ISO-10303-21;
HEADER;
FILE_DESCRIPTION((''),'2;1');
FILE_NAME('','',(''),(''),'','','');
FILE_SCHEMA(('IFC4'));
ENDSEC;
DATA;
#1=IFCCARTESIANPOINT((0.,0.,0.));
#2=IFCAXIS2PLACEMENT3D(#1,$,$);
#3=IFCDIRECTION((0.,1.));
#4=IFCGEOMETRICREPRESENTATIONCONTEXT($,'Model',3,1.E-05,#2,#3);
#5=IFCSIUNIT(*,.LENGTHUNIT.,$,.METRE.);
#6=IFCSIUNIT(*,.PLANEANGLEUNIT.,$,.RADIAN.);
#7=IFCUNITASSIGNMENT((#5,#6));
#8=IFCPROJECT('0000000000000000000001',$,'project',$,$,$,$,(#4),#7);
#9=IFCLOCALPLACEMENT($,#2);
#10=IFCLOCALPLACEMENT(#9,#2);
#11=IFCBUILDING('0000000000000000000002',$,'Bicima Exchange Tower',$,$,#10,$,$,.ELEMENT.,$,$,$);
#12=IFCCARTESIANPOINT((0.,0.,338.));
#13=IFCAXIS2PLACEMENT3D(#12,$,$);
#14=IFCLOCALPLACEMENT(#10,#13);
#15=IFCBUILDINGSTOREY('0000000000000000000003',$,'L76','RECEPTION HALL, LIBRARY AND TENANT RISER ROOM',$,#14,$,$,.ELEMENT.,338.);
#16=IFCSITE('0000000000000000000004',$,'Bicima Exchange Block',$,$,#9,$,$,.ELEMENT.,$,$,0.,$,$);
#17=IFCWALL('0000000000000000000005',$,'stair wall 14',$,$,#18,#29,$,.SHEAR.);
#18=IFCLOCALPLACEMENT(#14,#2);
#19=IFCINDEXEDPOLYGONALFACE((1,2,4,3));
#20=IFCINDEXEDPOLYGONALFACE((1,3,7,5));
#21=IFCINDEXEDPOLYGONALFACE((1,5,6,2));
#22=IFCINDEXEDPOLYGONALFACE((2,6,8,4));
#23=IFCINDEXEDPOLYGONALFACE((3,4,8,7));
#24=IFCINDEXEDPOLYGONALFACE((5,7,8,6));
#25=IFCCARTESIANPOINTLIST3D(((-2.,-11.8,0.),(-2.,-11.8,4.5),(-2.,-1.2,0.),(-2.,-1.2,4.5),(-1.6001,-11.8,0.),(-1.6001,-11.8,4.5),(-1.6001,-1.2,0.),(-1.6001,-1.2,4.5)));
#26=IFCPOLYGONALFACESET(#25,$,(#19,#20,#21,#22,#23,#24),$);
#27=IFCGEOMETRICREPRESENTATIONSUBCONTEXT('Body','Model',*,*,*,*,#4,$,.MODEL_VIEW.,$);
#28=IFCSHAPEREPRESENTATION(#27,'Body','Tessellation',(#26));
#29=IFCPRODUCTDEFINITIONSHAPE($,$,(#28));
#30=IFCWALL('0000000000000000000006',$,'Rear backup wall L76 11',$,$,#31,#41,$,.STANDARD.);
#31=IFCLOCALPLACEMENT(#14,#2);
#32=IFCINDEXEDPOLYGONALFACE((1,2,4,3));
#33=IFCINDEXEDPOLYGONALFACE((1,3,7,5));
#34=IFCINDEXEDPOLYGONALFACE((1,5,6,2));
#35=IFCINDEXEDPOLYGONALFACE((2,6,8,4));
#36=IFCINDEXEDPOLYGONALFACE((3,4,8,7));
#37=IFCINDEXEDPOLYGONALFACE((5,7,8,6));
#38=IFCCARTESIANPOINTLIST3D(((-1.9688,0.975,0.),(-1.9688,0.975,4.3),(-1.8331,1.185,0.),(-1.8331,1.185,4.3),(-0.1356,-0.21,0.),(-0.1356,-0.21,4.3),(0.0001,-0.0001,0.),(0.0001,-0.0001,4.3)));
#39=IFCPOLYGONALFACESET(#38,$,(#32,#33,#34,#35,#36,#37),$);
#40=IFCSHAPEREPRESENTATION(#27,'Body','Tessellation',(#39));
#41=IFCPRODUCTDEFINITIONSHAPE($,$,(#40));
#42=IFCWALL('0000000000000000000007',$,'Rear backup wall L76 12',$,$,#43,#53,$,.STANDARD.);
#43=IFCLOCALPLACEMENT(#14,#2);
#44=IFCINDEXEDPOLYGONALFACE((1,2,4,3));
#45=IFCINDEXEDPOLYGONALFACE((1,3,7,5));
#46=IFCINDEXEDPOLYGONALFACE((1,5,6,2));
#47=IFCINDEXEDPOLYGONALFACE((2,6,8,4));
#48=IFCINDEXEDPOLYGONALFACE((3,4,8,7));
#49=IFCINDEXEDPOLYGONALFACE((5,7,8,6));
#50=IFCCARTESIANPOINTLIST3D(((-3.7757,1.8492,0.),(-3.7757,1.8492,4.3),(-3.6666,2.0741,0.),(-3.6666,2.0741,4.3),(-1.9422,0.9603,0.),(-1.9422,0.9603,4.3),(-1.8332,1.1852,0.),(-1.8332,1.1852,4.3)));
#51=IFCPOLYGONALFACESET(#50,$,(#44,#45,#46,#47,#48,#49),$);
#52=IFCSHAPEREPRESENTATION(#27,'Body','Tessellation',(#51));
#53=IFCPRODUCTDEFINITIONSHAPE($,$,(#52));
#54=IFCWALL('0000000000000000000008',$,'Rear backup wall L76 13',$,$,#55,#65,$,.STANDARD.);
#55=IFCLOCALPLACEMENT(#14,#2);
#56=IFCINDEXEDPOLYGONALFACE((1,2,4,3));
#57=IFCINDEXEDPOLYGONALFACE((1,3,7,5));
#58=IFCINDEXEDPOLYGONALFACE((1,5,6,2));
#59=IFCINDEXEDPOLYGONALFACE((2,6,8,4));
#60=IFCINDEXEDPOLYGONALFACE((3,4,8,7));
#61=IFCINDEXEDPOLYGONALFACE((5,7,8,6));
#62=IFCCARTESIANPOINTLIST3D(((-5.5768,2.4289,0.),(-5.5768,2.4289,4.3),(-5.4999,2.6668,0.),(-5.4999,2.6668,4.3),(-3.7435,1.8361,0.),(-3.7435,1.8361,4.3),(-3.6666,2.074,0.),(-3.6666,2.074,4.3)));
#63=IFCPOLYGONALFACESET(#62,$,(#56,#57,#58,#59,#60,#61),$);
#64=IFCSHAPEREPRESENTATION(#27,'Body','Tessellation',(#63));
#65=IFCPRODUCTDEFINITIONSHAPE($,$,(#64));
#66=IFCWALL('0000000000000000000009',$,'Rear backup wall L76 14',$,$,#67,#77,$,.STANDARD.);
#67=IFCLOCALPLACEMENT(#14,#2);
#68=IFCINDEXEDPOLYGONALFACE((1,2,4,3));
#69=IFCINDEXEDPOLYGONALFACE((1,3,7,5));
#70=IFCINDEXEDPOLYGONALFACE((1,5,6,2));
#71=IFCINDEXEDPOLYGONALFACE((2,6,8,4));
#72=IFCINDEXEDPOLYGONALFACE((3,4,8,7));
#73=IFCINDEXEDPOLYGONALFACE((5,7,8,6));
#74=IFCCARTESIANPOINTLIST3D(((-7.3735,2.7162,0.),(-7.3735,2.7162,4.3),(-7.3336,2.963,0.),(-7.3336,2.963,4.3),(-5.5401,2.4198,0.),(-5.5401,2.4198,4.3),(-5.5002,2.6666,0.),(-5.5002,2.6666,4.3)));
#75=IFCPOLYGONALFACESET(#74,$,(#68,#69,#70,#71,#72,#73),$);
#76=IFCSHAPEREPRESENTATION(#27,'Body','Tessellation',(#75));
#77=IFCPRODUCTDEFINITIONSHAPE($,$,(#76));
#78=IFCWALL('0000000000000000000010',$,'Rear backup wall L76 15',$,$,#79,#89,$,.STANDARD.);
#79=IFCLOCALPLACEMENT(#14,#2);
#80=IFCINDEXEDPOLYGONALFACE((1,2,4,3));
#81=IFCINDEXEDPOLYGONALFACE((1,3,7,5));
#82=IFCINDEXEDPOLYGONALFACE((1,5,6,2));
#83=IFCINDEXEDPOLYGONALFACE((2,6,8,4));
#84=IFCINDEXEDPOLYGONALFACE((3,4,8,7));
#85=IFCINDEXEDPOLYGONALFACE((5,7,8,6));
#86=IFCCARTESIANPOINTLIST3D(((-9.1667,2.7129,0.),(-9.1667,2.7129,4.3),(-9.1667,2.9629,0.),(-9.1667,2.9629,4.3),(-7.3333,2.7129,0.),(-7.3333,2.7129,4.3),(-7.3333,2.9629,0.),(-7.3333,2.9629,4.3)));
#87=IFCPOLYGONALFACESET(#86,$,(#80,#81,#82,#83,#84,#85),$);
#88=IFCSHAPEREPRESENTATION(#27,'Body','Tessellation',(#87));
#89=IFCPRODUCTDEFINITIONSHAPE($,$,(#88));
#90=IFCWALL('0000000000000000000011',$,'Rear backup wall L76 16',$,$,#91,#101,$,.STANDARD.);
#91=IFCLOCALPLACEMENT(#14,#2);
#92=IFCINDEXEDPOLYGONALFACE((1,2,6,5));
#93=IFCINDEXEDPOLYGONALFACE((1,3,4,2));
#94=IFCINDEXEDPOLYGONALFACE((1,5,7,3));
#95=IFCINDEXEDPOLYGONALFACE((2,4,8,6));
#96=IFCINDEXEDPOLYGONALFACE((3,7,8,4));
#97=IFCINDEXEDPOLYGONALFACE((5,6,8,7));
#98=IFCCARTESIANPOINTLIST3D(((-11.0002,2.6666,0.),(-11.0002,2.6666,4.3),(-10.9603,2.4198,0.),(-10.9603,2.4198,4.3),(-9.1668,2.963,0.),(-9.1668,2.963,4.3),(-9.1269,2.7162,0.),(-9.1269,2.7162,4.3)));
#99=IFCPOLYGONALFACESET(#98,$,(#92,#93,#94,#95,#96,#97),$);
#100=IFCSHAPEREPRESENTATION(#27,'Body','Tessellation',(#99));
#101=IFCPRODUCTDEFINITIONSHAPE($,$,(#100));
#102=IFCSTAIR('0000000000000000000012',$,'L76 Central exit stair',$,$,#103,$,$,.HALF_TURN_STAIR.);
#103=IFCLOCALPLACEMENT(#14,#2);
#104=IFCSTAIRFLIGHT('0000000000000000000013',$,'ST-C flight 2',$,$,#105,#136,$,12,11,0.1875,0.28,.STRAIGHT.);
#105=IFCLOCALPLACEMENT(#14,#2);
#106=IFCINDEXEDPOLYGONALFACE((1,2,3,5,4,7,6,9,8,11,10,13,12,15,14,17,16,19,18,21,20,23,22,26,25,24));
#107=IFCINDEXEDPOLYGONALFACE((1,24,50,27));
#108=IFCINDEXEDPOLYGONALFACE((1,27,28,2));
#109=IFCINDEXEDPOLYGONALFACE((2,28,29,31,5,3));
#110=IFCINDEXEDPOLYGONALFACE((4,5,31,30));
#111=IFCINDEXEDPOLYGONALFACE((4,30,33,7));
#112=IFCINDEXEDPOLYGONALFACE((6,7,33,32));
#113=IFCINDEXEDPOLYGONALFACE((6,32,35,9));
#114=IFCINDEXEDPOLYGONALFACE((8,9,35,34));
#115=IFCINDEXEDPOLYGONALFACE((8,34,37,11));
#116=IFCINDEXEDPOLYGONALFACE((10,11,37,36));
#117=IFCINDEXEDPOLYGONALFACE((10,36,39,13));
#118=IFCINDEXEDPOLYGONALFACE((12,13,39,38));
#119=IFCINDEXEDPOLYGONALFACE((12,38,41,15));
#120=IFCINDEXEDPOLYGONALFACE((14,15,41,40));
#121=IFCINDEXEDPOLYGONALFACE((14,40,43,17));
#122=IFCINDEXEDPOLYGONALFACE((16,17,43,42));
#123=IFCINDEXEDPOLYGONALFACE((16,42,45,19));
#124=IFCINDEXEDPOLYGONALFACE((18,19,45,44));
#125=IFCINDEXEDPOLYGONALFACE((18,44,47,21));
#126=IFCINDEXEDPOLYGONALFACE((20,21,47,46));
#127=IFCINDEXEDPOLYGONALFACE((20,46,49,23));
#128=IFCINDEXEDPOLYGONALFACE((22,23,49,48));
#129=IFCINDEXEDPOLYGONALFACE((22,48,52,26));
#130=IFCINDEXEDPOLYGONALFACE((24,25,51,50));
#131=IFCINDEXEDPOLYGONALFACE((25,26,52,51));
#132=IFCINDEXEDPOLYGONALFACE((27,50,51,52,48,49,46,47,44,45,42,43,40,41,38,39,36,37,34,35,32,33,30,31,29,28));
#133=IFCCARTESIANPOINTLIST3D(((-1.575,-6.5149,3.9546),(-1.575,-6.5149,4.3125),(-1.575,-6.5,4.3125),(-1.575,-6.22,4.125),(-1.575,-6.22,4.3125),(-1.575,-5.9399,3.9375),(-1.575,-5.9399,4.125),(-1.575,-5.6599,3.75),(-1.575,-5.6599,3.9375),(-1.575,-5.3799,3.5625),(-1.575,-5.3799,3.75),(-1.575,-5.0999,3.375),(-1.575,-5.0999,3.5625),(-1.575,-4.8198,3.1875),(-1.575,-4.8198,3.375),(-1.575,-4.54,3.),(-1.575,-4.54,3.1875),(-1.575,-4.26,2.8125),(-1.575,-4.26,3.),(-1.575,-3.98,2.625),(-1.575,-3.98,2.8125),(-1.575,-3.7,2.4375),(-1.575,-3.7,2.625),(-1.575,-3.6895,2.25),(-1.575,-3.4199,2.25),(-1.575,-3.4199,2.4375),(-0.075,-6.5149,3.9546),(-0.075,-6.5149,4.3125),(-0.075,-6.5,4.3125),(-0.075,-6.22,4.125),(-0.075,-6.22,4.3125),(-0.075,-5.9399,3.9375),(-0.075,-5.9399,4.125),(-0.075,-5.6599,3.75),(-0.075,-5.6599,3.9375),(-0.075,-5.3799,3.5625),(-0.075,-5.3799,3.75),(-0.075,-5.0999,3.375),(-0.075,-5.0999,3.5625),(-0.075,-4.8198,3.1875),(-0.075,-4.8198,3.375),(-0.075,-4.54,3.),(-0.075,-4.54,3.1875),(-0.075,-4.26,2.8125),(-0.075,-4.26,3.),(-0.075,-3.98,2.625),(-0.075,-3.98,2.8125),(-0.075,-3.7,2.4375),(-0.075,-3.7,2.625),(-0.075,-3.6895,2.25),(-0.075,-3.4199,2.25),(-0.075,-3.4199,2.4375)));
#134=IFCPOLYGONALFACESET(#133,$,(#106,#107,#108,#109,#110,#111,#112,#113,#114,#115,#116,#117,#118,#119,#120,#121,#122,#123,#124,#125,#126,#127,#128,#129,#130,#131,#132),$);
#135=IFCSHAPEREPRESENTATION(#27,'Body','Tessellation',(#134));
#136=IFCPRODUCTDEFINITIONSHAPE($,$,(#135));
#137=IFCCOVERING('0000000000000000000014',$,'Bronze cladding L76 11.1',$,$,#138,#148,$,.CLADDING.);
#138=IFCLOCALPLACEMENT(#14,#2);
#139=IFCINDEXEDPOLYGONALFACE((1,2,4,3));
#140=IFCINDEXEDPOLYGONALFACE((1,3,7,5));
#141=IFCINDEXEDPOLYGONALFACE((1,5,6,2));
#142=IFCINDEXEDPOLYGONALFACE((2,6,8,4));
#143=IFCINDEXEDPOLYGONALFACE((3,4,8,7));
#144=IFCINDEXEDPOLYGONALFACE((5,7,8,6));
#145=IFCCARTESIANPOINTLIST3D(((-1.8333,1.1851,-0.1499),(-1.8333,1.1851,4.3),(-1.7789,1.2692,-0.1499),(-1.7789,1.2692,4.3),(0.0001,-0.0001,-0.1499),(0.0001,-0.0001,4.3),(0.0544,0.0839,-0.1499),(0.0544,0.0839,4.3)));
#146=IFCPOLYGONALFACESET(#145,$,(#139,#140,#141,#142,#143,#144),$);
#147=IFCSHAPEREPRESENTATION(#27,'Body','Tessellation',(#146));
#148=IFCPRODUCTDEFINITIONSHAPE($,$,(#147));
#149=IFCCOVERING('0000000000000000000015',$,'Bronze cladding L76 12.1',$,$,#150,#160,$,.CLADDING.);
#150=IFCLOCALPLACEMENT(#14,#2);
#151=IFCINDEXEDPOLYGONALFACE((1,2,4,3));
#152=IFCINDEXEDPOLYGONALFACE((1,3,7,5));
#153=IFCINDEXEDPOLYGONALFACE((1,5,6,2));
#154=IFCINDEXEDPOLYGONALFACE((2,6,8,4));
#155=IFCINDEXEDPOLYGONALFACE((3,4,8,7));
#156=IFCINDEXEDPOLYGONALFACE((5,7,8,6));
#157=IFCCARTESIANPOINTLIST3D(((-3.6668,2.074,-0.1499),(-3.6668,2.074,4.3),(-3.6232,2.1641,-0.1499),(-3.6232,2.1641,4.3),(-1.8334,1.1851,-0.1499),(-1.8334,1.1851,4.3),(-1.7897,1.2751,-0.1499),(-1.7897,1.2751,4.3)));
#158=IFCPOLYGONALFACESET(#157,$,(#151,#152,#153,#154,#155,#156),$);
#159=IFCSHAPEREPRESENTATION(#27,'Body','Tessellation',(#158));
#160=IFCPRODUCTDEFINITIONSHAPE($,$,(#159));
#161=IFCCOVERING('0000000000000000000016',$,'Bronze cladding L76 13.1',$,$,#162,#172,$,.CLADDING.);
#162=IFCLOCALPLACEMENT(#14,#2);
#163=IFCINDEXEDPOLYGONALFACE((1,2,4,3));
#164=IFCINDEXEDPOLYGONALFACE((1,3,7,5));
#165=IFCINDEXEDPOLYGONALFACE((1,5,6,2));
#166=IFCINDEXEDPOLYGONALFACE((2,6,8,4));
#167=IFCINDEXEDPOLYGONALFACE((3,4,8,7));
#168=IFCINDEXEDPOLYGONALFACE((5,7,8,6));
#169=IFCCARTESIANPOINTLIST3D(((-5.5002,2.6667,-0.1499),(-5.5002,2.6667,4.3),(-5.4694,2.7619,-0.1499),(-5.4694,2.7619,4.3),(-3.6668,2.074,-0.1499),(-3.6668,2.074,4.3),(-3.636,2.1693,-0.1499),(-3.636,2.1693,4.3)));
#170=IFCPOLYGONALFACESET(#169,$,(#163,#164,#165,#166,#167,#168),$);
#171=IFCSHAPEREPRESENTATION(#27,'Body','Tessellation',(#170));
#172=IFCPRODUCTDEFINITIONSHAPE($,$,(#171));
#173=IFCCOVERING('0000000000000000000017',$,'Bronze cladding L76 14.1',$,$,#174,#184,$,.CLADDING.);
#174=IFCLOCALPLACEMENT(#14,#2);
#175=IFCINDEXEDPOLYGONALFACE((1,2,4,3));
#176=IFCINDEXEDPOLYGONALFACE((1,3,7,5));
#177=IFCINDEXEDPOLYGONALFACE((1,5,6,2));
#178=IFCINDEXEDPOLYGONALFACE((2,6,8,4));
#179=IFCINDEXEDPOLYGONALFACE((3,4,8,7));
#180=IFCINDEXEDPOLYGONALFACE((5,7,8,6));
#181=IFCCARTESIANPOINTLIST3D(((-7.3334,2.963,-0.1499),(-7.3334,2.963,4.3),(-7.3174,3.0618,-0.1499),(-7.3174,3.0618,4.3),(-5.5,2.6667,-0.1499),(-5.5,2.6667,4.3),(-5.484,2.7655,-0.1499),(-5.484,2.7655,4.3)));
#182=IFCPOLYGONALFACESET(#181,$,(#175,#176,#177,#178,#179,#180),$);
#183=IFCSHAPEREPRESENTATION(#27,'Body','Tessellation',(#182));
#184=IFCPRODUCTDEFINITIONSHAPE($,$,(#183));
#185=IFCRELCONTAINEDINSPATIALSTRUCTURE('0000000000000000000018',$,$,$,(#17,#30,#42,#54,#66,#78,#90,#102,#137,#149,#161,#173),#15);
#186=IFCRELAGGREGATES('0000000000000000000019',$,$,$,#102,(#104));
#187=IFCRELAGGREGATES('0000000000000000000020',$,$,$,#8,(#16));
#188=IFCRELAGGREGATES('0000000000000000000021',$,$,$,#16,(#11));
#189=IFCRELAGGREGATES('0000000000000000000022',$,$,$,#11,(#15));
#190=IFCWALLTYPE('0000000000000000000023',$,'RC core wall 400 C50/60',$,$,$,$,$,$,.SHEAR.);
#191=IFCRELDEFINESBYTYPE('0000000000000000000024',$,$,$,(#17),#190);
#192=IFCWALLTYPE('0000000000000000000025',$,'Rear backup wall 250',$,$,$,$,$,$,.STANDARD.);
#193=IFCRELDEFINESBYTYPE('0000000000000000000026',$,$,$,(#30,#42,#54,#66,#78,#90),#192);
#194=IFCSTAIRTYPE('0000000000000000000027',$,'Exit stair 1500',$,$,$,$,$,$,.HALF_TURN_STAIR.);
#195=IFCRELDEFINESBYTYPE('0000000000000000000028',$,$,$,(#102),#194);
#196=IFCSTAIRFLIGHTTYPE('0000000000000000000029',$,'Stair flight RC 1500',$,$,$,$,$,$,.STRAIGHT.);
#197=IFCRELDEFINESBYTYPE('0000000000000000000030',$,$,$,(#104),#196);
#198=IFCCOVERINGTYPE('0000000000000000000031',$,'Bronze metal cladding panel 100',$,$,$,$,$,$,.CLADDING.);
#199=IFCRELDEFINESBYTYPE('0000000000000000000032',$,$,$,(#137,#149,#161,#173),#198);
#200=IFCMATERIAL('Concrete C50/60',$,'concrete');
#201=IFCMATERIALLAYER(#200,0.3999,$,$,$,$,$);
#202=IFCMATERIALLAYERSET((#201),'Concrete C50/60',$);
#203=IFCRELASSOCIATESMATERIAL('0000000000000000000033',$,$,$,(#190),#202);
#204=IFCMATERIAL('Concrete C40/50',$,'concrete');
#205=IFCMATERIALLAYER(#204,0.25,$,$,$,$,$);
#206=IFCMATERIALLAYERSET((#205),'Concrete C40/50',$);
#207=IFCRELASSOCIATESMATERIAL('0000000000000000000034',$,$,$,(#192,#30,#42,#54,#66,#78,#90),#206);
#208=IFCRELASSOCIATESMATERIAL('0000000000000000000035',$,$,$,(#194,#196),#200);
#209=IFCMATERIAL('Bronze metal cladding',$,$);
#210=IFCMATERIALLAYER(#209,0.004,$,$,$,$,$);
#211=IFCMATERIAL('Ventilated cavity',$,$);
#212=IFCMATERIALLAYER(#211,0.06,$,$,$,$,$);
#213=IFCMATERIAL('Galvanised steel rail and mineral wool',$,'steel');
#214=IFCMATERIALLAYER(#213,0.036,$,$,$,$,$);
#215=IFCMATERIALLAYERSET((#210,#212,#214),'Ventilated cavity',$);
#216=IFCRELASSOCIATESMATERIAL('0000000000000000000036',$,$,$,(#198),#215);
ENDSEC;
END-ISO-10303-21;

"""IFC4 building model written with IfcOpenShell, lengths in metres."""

from ifc_helpers import new_model, si_unit, direction, frame, frame_2d, origin, origin_2d, place, context, subcontext, project, spatial, polyline, rectangle, outline, extrude, material, layer, layer_set, layer_usage, type_object, element, aggregate, save


model = new_model("IFC4")

# Units and contexts
model_context = context("Model", 3, precision=1e-05, world=origin(), true_north=direction((0.0, 1.0)))
body_context = subcontext(model_context, "Body", "Model", "MODEL_VIEW")
ifc_project = project(units=[si_unit("LENGTHUNIT", "METRE"), si_unit("PLANEANGLEUNIT", "RADIAN")], contexts=[model_context])

# Site, building, storey
site_placement = place(None, origin())
site = spatial("IfcSite", under=ifc_project, at=site_placement, Name="Bicima Exchange Block", CompositionType="ELEMENT", RefElevation=0.0)
building_placement = place(site_placement, origin())
building = spatial("IfcBuilding", under=site, at=building_placement, Name="Bicima Exchange Tower", CompositionType="ELEMENT")
storey_placement = place(building_placement, frame((0.0, 0.0, 338.0)))
storey = spatial("IfcBuildingStorey", under=building, at=storey_placement, Name="L76", Description="RECEPTION HALL, LIBRARY AND TENANT RISER ROOM", CompositionType="ELEMENT", Elevation=338.0)

# Shared definitions
ifc_material_1 = material(Name="Concrete C40/50", Category="concrete")
ifc_material_2 = material(Name="Concrete C50/60", Category="concrete")
ifc_layer_1 = layer(ifc_material_2, 0.3999)
ifc_layer_set_1 = layer_set([ifc_layer_1], Name="Concrete C50/60")
wall_type_1 = type_object("IfcWallType", Name="RC core wall 400 C50/60", PredefinedType="SHEAR", material=ifc_layer_set_1)

# Walls
wall_1_placement = place(storey_placement, frame((-1.8, -11.8, 0.0), z_axis=(0.0, 0.0, 1.0), x_axis=(0.0, 1.0, 0.0)))
element("IfcWall", 1, at=wall_1_placement, inside=storey, type_object=wall_type_1, Name="stair wall 14", PredefinedType="SHEAR", context=body_context, shape_type="SweptSolid", body=[
    extrude(rectangle(XDim=10.6001, YDim=0.3999, at=frame_2d((5.3, 0.0))), origin(), (0.0, 0.0, 1.0), 4.5),
])
ifc_layer_2 = layer(ifc_material_1, 0.25)
ifc_layer_set_2 = layer_set([ifc_layer_2], Name="Concrete C40/50")
ifc_layer_usage = layer_usage(ifc_layer_set_2, "AXIS2", "POSITIVE", -0.125)
wall_type_2 = type_object("IfcWallType", Name="Rear backup wall 250", PredefinedType="STANDARD", material=ifc_layer_set_2)
wall_2_placement = place(storey_placement, frame((-0.0679, -0.105, 0.0), z_axis=(0.0, 0.0, 1.0), x_axis=(-0.839813, 0.542876, 0.0)))
element("IfcWall", 2, at=wall_2_placement, inside=storey, type_object=wall_type_2, material=ifc_layer_usage, Name="Rear backup wall L76 11", PredefinedType="STANDARD", context=body_context, shape_type="SweptSolid", body=[
    extrude(rectangle(XDim=2.1829, YDim=0.25, at=frame_2d((1.0913, 0.0))), origin(), (0.0, 0.0, 1.0), 4.3),
])
wall_3_placement = place(storey_placement, frame((-1.8877, 1.0728, 0.0), z_axis=(0.0, 0.0, 1.0), x_axis=(-0.899824, 0.436253, 0.0)))
element("IfcWall", 3, at=wall_3_placement, inside=storey, type_object=wall_type_2, material=ifc_layer_usage, Name="Rear backup wall L76 12", PredefinedType="STANDARD", context=body_context, shape_type="SweptSolid", body=[
    extrude(rectangle(XDim=2.0376, YDim=0.25, at=frame_2d((1.0188, 0.0))), origin(), (0.0, 0.0, 1.0), 4.3),
])
wall_4_placement = place(storey_placement, frame((-3.7051, 1.9551, 0.0), z_axis=(0.0, 0.0, 1.0), x_axis=(-0.951496, 0.307662, 0.0)))
element("IfcWall", 4, at=wall_4_placement, inside=storey, type_object=wall_type_2, material=ifc_layer_usage, Name="Rear backup wall L76 13", PredefinedType="STANDARD", context=body_context, shape_type="SweptSolid", body=[
    extrude(rectangle(XDim=1.9268, YDim=0.25, at=frame_2d((0.9634, 0.0))), origin(), (0.0, 0.0, 1.0), 4.3),
])
wall_5_placement = place(storey_placement, frame((-5.52, 2.5432, 0.0), z_axis=(0.0, 0.0, 1.0), x_axis=(-0.987182, 0.1596, 0.0)))
element("IfcWall", 5, at=wall_5_placement, inside=storey, type_object=wall_type_2, material=ifc_layer_usage, Name="Rear backup wall L76 14", PredefinedType="STANDARD", context=body_context, shape_type="SweptSolid", body=[
    extrude(rectangle(XDim=1.8572, YDim=0.25, at=frame_2d((0.9287, 0.0))), origin(), (0.0, 0.0, 1.0), 4.3),
])
wall_6_placement = place(storey_placement, frame((-7.3333, 2.8379, 0.0), z_axis=(0.0, 0.0, 1.0), x_axis=(-1.0, 0.0, 0.0)))
element("IfcWall", 6, at=wall_6_placement, inside=storey, type_object=wall_type_2, material=ifc_layer_usage, Name="Rear backup wall L76 15", PredefinedType="STANDARD", context=body_context, shape_type="SweptSolid", body=[
    extrude(rectangle(XDim=1.8335, YDim=0.25, at=frame_2d((0.9167, 0.0))), origin(), (0.0, 0.0, 1.0), 4.3),
])
wall_7_placement = place(storey_placement, frame((-9.1467, 2.8396, 0.0), z_axis=(0.0, 0.0, 1.0), x_axis=(-0.987182, -0.1596, 0.0)))
element("IfcWall", 7, at=wall_7_placement, inside=storey, type_object=wall_type_2, material=ifc_layer_usage, Name="Rear backup wall L76 16", PredefinedType="STANDARD", context=body_context, shape_type="SweptSolid", body=[
    extrude(rectangle(XDim=1.8572, YDim=0.25, at=frame_2d((0.9287, 0.0))), origin(), (0.0, 0.0, 1.0), 4.3),
])

# Stair, stair flight
stair_type = type_object("IfcStairType", Name="Exit stair 1500", PredefinedType="HALF_TURN_STAIR", material=ifc_material_2)
stair_placement = place(storey_placement, origin())
stair = element("IfcStair", 8, at=stair_placement, inside=storey, type_object=stair_type, Name="L76 Central exit stair", PredefinedType="HALF_TURN_STAIR")
stair_flight_type = type_object("IfcStairFlightType", Name="Stair flight RC 1500", PredefinedType="STRAIGHT", material=ifc_material_2)
stair_flight_placement = place(storey_placement, frame((-0.825, -3.4199, 2.25), z_axis=(0.0, 0.0, 1.0), x_axis=(0.0, -1.0, 0.0)))
stair_flight = element("IfcStairFlight", 9, at=stair_flight_placement, type_object=stair_flight_type, Name="ST-C flight 2", NumberOfRisers=12, NumberOfTreads=11, PredefinedType="STRAIGHT", RiserHeight=0.1875, TreadLength=0.28, context=body_context, shape_type="SweptSolid", body=[
    extrude(outline(polyline([(0.0, 0.0), (0.0, 0.1875), (0.28, 0.1875), (0.28, 0.375), (0.5601, 0.375), (0.5601, 0.5625), (0.8401, 0.5625), (0.8401, 0.75), (1.1201, 0.75), (1.1201, 0.9375), (1.3999, 0.9375), (1.3999, 1.125), (1.6799, 1.125), (1.6799, 1.3125), (1.96, 1.3125), (1.96, 1.5), (2.24, 1.5), (2.24, 1.6875), (2.52, 1.6875), (2.52, 1.875), (2.8, 1.875), (2.8, 2.0625), (3.0801, 2.0625), (3.095, 2.0625), (3.095, 1.7046), (0.2695, 0.0), (0.0, 0.0)])), frame((0.0, 0.75, 0.0), z_axis=(0.0, -1.0, 0.0), x_axis=(1.0, 0.0, 0.0)), (0.0, 0.0, 1.0), 1.5),
])
aggregate(stair, [stair_flight])

# Coverings
ifc_material_3 = material(Name="Bronze metal cladding")
ifc_layer_3 = layer(ifc_material_3, 0.004)
ifc_material_4 = material(Name="Ventilated cavity")
ifc_layer_4 = layer(ifc_material_4, 0.06)
ifc_material_5 = material(Name="Galvanised steel rail and mineral wool", Category="steel")
ifc_layer_5 = layer(ifc_material_5, 0.036)
ifc_layer_set_3 = layer_set([ifc_layer_3, ifc_layer_4, ifc_layer_5], Name="Ventilated cavity")
covering_type = type_object("IfcCoveringType", Name="Bronze metal cladding panel 100", PredefinedType="CLADDING", material=ifc_layer_set_3)
covering_1_placement = place(storey_placement, frame((-0.8894, 0.6345, -0.1499), z_axis=(0.0, 0.0, 1.0), x_axis=(-0.83979, 0.542911, 0.0)))
element("IfcCovering", 10, at=covering_1_placement, inside=storey, type_object=covering_type, Name="Bronze cladding L76 11.1", PredefinedType="CLADDING", context=body_context, shape_type="SweptSolid", body=[
    extrude(rectangle(XDim=2.1831, YDim=0.1001, at=origin_2d()), origin(), (0.0, 0.0, 1.0), 4.45),
])
covering_2_placement = place(storey_placement, frame((-2.7283, 1.6746, -0.1499), z_axis=(0.0, 0.0, 1.0), x_axis=(-0.899818, 0.436265, 0.0)))
element("IfcCovering", 11, at=covering_2_placement, inside=storey, type_object=covering_type, Name="Bronze cladding L76 12.1", PredefinedType="CLADDING", context=body_context, shape_type="SweptSolid", body=[
    extrude(rectangle(XDim=2.0376, YDim=0.1001, at=origin_2d()), origin(), (0.0, 0.0, 1.0), 4.45),
])
covering_3_placement = place(storey_placement, frame((-4.5681, 2.418, -0.1499), z_axis=(0.0, 0.0, 1.0), x_axis=(-0.951525, 0.307573, 0.0)))
element("IfcCovering", 12, at=covering_3_placement, inside=storey, type_object=covering_type, Name="Bronze cladding L76 13.1", PredefinedType="CLADDING", context=body_context, shape_type="SweptSolid", body=[
    extrude(rectangle(XDim=1.9268, YDim=0.1001, at=origin_2d()), origin(), (0.0, 0.0, 1.0), 4.45),
])
covering_4_placement = place(storey_placement, frame((-6.4087, 2.8643, -0.1499), z_axis=(0.0, 0.0, 1.0), x_axis=(-0.98719, 0.15955, 0.0)))
element("IfcCovering", 13, at=covering_4_placement, inside=storey, type_object=covering_type, Name="Bronze cladding L76 14.1", PredefinedType="CLADDING", context=body_context, shape_type="SweptSolid", body=[
    extrude(rectangle(XDim=1.8572, YDim=0.1001, at=origin_2d()), origin(), (0.0, 0.0, 1.0), 4.45),
])

save(model, "model.ifc")
